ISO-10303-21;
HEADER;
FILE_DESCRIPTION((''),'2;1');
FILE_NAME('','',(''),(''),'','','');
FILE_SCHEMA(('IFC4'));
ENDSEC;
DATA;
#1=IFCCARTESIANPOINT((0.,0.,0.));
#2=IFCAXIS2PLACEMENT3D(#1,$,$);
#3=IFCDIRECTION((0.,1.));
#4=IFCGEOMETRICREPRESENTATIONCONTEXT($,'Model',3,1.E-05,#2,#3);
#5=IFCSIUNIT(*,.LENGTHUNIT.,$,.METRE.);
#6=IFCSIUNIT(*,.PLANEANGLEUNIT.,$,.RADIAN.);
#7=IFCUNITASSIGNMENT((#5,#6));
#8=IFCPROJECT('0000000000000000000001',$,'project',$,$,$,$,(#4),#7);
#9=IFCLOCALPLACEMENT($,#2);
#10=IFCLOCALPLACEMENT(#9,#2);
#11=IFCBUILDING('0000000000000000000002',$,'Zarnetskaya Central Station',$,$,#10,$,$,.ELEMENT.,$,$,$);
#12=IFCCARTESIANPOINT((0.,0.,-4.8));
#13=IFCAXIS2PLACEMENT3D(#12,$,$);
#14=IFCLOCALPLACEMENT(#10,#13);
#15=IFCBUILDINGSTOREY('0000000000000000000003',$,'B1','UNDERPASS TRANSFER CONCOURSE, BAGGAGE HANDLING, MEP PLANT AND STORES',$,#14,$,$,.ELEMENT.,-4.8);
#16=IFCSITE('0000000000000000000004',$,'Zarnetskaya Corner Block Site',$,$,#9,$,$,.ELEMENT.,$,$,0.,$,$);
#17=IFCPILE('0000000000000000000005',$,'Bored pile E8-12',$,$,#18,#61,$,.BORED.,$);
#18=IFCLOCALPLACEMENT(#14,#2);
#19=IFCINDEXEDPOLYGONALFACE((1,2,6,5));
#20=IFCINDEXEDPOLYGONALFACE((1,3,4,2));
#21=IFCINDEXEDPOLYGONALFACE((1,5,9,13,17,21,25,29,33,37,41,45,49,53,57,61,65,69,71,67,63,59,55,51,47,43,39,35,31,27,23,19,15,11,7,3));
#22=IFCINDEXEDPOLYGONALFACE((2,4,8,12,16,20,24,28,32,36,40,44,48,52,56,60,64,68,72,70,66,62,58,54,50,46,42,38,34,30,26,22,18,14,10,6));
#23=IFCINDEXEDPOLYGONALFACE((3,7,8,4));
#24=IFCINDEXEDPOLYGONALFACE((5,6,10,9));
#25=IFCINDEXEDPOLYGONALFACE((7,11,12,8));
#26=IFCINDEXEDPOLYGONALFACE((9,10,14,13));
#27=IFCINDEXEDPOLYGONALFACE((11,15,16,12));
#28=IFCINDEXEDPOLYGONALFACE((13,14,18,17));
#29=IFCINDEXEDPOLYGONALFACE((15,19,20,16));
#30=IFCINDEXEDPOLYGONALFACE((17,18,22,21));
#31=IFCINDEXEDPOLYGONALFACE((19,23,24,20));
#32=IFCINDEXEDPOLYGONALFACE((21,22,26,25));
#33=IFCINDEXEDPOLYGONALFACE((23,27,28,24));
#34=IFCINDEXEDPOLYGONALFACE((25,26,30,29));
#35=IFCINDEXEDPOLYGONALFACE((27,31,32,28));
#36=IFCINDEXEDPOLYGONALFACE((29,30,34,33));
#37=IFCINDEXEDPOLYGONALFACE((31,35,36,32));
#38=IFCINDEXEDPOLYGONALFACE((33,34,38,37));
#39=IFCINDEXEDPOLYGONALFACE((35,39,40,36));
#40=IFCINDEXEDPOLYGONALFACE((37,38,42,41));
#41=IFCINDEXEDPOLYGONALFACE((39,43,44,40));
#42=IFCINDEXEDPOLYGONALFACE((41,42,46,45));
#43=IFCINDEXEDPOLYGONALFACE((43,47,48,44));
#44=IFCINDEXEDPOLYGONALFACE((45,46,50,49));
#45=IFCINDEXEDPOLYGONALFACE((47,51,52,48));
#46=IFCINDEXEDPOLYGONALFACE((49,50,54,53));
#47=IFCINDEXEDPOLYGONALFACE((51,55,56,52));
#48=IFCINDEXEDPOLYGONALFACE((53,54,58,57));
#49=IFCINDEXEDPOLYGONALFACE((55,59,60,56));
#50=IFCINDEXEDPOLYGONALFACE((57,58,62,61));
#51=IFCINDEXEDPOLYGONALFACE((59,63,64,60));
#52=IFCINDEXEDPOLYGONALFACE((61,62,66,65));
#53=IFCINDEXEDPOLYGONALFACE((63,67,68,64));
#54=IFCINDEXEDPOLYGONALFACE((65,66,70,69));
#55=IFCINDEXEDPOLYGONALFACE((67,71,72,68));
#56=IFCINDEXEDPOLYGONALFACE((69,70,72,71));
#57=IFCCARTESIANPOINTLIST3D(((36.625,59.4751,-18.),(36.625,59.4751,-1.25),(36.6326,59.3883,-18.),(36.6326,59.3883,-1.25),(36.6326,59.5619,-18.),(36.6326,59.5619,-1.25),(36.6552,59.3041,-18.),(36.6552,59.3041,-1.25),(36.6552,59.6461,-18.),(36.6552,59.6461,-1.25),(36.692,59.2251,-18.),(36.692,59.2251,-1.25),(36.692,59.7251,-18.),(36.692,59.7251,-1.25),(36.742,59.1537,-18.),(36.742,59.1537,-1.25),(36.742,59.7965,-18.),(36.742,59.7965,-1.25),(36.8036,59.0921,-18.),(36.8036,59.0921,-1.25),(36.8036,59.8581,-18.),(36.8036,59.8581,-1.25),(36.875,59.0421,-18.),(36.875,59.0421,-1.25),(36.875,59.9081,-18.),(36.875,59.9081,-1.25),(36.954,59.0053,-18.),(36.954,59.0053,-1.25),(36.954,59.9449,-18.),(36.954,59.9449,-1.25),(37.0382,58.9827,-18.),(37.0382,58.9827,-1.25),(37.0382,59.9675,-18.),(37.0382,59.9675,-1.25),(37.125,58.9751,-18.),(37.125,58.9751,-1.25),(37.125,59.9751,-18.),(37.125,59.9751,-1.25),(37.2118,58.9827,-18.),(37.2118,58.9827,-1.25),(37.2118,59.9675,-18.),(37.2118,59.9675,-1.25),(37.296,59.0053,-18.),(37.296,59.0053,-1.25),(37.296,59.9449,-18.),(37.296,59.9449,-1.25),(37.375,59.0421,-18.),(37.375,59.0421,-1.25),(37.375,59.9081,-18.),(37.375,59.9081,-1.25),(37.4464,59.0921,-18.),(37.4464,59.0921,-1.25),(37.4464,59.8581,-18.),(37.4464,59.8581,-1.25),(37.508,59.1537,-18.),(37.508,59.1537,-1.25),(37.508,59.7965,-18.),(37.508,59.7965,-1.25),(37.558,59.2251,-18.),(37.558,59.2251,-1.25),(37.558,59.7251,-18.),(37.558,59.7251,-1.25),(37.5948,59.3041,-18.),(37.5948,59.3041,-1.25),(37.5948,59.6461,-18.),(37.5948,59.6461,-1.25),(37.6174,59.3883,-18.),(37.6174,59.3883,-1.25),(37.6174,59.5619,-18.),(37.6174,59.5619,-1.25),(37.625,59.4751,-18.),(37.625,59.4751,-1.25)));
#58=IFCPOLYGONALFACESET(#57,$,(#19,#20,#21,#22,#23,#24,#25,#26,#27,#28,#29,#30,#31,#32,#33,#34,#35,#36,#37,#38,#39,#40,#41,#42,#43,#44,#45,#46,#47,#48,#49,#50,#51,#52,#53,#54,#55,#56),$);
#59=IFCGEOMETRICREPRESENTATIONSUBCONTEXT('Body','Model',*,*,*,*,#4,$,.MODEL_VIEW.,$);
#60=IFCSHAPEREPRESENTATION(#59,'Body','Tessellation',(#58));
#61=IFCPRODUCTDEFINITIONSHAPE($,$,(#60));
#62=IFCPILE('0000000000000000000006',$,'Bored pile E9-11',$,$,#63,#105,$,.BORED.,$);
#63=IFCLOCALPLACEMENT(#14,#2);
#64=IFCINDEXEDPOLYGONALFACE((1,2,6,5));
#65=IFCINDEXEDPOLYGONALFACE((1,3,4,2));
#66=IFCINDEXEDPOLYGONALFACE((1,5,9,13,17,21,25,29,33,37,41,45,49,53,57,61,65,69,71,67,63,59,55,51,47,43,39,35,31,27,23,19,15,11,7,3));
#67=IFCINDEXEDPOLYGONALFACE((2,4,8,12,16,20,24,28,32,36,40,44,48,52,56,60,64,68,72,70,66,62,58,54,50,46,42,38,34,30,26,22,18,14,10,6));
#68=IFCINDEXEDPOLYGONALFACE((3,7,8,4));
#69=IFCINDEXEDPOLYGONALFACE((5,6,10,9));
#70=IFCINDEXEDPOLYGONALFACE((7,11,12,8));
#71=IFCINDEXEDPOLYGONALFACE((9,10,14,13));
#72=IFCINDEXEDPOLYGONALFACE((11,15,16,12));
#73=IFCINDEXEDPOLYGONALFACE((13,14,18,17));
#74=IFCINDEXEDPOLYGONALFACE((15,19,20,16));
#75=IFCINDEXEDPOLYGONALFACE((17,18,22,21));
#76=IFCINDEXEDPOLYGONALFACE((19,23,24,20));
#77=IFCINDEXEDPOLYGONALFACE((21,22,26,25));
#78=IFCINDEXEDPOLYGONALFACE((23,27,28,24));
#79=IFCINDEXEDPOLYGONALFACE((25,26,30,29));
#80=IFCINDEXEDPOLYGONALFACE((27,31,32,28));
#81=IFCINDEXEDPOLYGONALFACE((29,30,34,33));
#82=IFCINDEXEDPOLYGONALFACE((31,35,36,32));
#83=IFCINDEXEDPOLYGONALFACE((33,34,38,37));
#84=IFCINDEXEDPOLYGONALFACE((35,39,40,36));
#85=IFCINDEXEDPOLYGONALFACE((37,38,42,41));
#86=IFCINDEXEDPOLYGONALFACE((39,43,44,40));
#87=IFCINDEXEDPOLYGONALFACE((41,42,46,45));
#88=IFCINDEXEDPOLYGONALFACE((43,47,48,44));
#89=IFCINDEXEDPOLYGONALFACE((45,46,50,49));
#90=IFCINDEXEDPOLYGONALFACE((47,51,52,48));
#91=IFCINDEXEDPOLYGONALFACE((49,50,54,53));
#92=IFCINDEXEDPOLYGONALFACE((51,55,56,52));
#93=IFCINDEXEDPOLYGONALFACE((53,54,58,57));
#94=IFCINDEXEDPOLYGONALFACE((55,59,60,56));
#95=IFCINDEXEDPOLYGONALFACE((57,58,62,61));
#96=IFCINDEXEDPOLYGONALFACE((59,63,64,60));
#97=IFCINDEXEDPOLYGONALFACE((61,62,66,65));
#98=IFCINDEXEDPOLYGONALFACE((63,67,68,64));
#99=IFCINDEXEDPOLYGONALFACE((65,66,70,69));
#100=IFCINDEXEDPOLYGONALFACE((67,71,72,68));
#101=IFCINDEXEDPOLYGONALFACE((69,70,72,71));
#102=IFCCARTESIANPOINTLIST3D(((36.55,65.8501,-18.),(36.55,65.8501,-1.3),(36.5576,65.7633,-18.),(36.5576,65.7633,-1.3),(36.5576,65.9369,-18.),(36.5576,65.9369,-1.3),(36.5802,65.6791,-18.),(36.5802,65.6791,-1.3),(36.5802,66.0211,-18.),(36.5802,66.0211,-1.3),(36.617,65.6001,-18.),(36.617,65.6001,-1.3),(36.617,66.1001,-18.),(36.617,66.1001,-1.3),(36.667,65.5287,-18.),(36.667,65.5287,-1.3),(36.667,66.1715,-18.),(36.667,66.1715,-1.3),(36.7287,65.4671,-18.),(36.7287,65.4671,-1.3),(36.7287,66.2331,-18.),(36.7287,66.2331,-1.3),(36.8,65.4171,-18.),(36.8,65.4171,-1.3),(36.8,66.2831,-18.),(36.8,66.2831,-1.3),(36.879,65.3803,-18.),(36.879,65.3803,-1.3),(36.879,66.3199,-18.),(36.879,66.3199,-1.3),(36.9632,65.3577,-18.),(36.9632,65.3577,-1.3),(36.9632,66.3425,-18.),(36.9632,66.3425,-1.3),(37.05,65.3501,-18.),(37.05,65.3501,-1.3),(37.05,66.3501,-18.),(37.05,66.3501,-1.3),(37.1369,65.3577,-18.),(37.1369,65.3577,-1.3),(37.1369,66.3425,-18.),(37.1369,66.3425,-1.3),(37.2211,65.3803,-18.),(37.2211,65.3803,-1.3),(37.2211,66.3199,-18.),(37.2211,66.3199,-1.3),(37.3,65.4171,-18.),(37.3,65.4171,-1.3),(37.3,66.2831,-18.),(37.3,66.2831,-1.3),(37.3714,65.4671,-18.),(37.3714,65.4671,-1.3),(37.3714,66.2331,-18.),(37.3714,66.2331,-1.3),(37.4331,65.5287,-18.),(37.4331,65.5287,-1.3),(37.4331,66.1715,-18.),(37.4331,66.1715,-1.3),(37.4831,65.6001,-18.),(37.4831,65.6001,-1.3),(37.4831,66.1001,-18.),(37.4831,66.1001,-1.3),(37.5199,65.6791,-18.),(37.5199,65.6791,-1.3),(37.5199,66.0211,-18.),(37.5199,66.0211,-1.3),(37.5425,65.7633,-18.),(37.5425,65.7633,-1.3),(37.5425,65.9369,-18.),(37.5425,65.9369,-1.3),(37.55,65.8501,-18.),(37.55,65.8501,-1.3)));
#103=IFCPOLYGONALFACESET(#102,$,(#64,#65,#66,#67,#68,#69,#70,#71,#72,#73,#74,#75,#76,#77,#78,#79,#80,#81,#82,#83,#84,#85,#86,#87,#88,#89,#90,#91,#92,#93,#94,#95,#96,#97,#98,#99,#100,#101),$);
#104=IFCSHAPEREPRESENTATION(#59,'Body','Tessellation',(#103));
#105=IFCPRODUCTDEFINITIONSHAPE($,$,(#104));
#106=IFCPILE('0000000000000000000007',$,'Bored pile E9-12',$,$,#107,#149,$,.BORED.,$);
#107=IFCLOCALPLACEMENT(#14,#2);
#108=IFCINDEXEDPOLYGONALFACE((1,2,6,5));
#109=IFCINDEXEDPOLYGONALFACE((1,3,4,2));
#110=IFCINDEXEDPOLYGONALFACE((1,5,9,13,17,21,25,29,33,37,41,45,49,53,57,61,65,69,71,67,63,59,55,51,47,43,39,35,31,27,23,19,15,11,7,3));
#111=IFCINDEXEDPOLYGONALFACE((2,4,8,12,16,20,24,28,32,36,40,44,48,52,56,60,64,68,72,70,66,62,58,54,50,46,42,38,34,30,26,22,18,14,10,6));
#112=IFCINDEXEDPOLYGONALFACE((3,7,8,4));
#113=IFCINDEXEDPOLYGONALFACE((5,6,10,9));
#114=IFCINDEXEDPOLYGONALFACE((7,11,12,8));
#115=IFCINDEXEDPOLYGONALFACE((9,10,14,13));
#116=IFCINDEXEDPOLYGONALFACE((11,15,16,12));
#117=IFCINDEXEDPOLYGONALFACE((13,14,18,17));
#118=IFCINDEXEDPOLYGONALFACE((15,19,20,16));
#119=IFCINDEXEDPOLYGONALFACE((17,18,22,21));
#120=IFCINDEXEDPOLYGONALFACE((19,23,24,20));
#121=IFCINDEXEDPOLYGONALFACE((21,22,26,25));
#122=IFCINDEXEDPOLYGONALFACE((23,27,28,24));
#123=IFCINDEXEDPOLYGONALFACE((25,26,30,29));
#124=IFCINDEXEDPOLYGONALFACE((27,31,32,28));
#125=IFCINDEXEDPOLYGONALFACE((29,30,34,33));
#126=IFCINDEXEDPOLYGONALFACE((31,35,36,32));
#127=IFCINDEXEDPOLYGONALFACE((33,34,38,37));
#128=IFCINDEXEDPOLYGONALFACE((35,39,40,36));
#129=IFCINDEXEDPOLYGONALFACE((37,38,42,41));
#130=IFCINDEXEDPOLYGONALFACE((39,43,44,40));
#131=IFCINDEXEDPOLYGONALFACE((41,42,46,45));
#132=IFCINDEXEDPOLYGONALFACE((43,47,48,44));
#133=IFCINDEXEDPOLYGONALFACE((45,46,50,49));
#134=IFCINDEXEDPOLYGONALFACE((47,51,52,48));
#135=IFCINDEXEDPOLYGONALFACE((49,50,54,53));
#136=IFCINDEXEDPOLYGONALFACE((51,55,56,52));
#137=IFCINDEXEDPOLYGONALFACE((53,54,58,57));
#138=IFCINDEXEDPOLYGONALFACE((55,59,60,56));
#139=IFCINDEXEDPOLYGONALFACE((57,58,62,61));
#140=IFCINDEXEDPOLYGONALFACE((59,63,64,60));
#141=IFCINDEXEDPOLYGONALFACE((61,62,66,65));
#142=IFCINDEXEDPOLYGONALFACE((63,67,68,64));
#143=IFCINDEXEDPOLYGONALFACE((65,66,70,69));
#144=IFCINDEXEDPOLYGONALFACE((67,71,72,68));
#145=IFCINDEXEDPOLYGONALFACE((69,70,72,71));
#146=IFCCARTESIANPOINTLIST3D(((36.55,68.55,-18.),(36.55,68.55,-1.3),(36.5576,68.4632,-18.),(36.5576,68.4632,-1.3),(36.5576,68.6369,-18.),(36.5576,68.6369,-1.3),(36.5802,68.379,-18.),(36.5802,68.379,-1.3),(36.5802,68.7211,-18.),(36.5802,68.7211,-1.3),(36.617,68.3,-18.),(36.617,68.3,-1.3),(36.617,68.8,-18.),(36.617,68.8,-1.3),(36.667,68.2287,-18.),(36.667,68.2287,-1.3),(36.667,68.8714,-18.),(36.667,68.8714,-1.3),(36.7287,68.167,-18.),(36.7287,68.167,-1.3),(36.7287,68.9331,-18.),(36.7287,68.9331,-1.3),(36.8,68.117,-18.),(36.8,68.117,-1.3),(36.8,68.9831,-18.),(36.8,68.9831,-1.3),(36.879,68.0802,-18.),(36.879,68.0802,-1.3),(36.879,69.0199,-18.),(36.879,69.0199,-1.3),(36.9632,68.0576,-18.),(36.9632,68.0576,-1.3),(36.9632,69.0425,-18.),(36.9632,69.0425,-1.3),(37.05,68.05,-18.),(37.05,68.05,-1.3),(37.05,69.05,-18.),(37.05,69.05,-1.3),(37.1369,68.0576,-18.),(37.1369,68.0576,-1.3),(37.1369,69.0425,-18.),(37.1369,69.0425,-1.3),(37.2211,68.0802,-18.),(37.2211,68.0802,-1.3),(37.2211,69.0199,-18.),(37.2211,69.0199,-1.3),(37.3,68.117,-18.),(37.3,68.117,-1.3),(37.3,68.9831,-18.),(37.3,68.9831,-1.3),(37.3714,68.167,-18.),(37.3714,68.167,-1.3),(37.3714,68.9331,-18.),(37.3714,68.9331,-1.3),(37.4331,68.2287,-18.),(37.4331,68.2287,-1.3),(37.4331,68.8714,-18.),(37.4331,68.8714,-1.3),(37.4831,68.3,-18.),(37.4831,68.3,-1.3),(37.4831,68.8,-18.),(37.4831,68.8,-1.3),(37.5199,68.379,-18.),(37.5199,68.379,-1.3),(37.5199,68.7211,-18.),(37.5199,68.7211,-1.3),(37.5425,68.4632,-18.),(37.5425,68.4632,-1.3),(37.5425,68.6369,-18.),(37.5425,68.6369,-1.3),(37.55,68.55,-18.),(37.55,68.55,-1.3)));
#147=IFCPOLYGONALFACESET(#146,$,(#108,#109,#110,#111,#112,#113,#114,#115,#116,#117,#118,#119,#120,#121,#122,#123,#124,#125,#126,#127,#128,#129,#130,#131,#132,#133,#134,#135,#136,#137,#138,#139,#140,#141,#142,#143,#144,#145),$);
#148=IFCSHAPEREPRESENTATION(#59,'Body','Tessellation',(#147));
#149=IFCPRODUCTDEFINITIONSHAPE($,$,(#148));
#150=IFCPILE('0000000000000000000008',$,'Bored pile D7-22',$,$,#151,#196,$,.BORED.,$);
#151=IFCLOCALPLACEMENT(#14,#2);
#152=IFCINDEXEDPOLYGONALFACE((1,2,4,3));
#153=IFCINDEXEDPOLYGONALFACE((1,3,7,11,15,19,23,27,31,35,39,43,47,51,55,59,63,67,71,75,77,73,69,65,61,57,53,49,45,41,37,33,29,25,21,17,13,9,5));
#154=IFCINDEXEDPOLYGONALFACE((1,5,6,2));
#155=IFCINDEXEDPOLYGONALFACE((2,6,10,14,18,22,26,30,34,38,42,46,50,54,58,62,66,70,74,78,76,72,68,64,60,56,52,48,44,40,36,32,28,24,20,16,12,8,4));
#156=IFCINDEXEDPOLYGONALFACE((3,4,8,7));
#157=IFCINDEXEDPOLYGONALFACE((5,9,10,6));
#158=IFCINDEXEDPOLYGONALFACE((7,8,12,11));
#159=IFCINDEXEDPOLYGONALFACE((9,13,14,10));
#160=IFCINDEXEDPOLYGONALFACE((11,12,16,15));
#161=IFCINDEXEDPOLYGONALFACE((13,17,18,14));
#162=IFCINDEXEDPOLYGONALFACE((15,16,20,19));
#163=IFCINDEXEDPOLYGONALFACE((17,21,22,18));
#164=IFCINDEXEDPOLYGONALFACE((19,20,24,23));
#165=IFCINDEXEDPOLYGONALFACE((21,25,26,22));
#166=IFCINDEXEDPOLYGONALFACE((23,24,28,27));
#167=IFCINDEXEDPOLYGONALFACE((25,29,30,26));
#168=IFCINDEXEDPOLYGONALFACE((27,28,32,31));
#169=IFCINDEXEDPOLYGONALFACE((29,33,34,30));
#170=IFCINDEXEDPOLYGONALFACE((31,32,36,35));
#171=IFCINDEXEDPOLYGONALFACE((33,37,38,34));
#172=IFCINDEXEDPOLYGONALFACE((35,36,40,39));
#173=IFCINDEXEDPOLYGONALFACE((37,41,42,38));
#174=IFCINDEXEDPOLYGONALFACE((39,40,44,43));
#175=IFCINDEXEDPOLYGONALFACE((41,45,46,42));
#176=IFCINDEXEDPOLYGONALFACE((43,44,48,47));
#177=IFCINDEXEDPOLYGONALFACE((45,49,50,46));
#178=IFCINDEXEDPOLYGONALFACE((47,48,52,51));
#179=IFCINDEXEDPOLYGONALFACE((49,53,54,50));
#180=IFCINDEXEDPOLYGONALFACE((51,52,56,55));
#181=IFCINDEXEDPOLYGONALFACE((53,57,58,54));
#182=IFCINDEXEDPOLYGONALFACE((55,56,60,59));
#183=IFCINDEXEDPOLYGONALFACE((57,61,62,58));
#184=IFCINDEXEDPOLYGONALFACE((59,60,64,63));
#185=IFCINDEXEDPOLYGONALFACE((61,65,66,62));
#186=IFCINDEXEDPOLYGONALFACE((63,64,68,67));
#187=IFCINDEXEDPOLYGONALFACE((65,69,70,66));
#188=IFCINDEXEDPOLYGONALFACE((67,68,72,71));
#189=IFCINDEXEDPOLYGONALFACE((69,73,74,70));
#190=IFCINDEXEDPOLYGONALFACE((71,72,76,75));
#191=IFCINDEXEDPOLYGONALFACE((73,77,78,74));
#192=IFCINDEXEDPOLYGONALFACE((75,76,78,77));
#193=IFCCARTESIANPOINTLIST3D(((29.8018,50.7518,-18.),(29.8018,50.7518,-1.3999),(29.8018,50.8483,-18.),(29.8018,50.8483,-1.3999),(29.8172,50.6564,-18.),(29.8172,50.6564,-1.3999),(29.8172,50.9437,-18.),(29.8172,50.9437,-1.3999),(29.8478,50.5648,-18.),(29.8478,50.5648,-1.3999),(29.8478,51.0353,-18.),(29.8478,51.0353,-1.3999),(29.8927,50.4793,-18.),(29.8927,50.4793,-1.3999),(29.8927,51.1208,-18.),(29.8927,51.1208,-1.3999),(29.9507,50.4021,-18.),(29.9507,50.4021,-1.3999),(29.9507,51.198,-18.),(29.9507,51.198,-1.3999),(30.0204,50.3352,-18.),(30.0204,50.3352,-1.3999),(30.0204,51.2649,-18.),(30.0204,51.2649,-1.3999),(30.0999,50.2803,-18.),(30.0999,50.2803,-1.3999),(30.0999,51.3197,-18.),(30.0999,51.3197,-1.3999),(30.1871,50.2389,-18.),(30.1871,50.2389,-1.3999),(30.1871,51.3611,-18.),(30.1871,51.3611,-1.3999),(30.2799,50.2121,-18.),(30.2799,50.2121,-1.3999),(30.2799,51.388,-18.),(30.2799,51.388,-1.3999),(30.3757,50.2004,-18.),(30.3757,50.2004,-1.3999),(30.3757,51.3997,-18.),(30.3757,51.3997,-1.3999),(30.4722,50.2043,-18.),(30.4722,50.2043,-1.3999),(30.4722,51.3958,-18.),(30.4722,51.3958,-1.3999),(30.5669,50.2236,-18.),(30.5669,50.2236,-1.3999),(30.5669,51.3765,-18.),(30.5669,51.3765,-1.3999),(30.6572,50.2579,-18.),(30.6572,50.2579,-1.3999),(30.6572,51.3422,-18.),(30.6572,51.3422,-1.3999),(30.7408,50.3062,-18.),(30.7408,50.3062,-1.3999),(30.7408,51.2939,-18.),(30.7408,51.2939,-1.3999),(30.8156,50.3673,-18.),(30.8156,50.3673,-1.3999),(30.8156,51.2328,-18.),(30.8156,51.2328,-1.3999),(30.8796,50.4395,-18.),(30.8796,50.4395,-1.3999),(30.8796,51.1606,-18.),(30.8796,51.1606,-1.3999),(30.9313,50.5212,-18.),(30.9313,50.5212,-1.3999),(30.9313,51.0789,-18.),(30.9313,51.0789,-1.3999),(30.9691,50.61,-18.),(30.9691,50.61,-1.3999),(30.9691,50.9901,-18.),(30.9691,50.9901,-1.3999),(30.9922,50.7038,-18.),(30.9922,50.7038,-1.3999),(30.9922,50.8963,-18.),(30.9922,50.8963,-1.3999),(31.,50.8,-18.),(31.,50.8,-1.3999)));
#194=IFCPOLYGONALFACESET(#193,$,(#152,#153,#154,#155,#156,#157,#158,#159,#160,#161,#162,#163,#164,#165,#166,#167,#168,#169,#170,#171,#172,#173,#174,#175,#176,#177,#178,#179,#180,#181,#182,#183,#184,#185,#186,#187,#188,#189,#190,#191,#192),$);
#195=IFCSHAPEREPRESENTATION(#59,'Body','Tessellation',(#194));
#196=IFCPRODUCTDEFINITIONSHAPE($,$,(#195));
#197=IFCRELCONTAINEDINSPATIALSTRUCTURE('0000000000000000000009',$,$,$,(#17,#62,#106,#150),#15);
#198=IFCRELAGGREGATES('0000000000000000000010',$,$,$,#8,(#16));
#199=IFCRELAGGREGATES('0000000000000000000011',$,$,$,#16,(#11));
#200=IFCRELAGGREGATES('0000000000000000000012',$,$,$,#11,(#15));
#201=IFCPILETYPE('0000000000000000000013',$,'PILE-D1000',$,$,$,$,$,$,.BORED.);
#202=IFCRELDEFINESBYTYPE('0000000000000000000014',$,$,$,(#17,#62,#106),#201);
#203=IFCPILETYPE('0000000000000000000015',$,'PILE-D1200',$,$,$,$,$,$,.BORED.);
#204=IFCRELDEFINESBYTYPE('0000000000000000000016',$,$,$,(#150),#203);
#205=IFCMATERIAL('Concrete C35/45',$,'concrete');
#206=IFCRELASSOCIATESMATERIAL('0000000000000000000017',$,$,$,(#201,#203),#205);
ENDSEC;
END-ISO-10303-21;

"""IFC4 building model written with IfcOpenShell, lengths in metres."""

from ifc_helpers import new_model, si_unit, direction, frame, origin, origin_2d, place, context, subcontext, project, spatial, circle, extrude, material, material_profile, profile_set, type_object, element, save


model = new_model("IFC4")

# Units and contexts
model_context = context("Model", 3, precision=1e-05, world=origin(), true_north=direction((0.0, 1.0)))
body_context = subcontext(model_context, "Body", "Model", "MODEL_VIEW")
ifc_project = project(units=[si_unit("LENGTHUNIT", "METRE"), si_unit("PLANEANGLEUNIT", "RADIAN")], contexts=[model_context])

# Site, building, storey
site_placement = place(None, origin())
site = spatial("IfcSite", under=ifc_project, at=site_placement, Name="Zarnetskaya Corner Block Site", CompositionType="ELEMENT", RefElevation=0.0)
building_placement = place(site_placement, origin())
building = spatial("IfcBuilding", under=site, at=building_placement, Name="Zarnetskaya Central Station", CompositionType="ELEMENT")
storey_placement = place(building_placement, frame((0.0, 0.0, -4.8)))
storey = spatial("IfcBuildingStorey", under=building, at=storey_placement, Name="B1", Description="UNDERPASS TRANSFER CONCOURSE, BAGGAGE HANDLING, MEP PLANT AND STORES", CompositionType="ELEMENT", Elevation=-4.8)

# Shared definitions
ifc_material = material(Name="Concrete C35/45", Category="concrete")

# Piles
ifc_material_profile_1 = material_profile(ifc_material, circle(Radius=0.5, at=origin_2d()), Name="BORED PILE D1000")
ifc_profile_set_1 = profile_set([ifc_material_profile_1], Name="Concrete C35/45")
pile_type_1 = type_object("IfcPileType", Name="PILE-D1000", PredefinedType="BORED", material=ifc_profile_set_1)
for number, where, z_axis, x_axis, name in (
    (1, (37.125, 59.4751, -1.25), (0.0, 0.0, -1.0), (1.0, 0.0, 0.0), "Bored pile E8-12"),
):
    element("IfcPile", number, at=place(storey_placement, frame(where, z_axis=z_axis, x_axis=x_axis)), inside=storey, type_object=pile_type_1, Name=name, PredefinedType="BORED", context=body_context, shape_type="SweptSolid", body=[
        extrude(circle(Radius=0.5, at=origin_2d()), origin(), (0.0, 0.0, 1.0), 16.75),
    ])
for number, where, z_axis, x_axis, name in (
    (2, (37.05, 65.8501, -1.3), (0.0, 0.0, -1.0), (1.0, 0.0, 0.0), "Bored pile E9-11"),
    (3, (37.05, 68.55, -1.3), (0.0, 0.0, -1.0), (1.0, 0.0, 0.0), "Bored pile E9-12"),
):
    element("IfcPile", number, at=place(storey_placement, frame(where, z_axis=z_axis, x_axis=x_axis)), inside=storey, type_object=pile_type_1, Name=name, PredefinedType="BORED", context=body_context, shape_type="SweptSolid", body=[
        extrude(circle(Radius=0.5, at=origin_2d()), origin(), (0.0, 0.0, 1.0), 16.7),
    ])
ifc_material_profile_2 = material_profile(ifc_material, circle(Radius=0.6001, at=origin_2d()), Name="BORED PILE D1200")
ifc_profile_set_2 = profile_set([ifc_material_profile_2], Name="Concrete C35/45")
pile_type_2 = type_object("IfcPileType", Name="PILE-D1200", PredefinedType="BORED", material=ifc_profile_set_2)
pile_placement = place(storey_placement, frame((30.3999, 50.8, -1.3999), z_axis=(0.0, 0.0, -1.0), x_axis=(1.0, 0.0, 0.0)))
element("IfcPile", 4, at=pile_placement, inside=storey, type_object=pile_type_2, Name="Bored pile D7-22", PredefinedType="BORED", context=body_context, shape_type="SweptSolid", body=[
    extrude(circle(Radius=0.6001, at=origin_2d()), origin(), (0.0, 0.0, 1.0), 16.6001),
])

save(model, "model.ifc")
